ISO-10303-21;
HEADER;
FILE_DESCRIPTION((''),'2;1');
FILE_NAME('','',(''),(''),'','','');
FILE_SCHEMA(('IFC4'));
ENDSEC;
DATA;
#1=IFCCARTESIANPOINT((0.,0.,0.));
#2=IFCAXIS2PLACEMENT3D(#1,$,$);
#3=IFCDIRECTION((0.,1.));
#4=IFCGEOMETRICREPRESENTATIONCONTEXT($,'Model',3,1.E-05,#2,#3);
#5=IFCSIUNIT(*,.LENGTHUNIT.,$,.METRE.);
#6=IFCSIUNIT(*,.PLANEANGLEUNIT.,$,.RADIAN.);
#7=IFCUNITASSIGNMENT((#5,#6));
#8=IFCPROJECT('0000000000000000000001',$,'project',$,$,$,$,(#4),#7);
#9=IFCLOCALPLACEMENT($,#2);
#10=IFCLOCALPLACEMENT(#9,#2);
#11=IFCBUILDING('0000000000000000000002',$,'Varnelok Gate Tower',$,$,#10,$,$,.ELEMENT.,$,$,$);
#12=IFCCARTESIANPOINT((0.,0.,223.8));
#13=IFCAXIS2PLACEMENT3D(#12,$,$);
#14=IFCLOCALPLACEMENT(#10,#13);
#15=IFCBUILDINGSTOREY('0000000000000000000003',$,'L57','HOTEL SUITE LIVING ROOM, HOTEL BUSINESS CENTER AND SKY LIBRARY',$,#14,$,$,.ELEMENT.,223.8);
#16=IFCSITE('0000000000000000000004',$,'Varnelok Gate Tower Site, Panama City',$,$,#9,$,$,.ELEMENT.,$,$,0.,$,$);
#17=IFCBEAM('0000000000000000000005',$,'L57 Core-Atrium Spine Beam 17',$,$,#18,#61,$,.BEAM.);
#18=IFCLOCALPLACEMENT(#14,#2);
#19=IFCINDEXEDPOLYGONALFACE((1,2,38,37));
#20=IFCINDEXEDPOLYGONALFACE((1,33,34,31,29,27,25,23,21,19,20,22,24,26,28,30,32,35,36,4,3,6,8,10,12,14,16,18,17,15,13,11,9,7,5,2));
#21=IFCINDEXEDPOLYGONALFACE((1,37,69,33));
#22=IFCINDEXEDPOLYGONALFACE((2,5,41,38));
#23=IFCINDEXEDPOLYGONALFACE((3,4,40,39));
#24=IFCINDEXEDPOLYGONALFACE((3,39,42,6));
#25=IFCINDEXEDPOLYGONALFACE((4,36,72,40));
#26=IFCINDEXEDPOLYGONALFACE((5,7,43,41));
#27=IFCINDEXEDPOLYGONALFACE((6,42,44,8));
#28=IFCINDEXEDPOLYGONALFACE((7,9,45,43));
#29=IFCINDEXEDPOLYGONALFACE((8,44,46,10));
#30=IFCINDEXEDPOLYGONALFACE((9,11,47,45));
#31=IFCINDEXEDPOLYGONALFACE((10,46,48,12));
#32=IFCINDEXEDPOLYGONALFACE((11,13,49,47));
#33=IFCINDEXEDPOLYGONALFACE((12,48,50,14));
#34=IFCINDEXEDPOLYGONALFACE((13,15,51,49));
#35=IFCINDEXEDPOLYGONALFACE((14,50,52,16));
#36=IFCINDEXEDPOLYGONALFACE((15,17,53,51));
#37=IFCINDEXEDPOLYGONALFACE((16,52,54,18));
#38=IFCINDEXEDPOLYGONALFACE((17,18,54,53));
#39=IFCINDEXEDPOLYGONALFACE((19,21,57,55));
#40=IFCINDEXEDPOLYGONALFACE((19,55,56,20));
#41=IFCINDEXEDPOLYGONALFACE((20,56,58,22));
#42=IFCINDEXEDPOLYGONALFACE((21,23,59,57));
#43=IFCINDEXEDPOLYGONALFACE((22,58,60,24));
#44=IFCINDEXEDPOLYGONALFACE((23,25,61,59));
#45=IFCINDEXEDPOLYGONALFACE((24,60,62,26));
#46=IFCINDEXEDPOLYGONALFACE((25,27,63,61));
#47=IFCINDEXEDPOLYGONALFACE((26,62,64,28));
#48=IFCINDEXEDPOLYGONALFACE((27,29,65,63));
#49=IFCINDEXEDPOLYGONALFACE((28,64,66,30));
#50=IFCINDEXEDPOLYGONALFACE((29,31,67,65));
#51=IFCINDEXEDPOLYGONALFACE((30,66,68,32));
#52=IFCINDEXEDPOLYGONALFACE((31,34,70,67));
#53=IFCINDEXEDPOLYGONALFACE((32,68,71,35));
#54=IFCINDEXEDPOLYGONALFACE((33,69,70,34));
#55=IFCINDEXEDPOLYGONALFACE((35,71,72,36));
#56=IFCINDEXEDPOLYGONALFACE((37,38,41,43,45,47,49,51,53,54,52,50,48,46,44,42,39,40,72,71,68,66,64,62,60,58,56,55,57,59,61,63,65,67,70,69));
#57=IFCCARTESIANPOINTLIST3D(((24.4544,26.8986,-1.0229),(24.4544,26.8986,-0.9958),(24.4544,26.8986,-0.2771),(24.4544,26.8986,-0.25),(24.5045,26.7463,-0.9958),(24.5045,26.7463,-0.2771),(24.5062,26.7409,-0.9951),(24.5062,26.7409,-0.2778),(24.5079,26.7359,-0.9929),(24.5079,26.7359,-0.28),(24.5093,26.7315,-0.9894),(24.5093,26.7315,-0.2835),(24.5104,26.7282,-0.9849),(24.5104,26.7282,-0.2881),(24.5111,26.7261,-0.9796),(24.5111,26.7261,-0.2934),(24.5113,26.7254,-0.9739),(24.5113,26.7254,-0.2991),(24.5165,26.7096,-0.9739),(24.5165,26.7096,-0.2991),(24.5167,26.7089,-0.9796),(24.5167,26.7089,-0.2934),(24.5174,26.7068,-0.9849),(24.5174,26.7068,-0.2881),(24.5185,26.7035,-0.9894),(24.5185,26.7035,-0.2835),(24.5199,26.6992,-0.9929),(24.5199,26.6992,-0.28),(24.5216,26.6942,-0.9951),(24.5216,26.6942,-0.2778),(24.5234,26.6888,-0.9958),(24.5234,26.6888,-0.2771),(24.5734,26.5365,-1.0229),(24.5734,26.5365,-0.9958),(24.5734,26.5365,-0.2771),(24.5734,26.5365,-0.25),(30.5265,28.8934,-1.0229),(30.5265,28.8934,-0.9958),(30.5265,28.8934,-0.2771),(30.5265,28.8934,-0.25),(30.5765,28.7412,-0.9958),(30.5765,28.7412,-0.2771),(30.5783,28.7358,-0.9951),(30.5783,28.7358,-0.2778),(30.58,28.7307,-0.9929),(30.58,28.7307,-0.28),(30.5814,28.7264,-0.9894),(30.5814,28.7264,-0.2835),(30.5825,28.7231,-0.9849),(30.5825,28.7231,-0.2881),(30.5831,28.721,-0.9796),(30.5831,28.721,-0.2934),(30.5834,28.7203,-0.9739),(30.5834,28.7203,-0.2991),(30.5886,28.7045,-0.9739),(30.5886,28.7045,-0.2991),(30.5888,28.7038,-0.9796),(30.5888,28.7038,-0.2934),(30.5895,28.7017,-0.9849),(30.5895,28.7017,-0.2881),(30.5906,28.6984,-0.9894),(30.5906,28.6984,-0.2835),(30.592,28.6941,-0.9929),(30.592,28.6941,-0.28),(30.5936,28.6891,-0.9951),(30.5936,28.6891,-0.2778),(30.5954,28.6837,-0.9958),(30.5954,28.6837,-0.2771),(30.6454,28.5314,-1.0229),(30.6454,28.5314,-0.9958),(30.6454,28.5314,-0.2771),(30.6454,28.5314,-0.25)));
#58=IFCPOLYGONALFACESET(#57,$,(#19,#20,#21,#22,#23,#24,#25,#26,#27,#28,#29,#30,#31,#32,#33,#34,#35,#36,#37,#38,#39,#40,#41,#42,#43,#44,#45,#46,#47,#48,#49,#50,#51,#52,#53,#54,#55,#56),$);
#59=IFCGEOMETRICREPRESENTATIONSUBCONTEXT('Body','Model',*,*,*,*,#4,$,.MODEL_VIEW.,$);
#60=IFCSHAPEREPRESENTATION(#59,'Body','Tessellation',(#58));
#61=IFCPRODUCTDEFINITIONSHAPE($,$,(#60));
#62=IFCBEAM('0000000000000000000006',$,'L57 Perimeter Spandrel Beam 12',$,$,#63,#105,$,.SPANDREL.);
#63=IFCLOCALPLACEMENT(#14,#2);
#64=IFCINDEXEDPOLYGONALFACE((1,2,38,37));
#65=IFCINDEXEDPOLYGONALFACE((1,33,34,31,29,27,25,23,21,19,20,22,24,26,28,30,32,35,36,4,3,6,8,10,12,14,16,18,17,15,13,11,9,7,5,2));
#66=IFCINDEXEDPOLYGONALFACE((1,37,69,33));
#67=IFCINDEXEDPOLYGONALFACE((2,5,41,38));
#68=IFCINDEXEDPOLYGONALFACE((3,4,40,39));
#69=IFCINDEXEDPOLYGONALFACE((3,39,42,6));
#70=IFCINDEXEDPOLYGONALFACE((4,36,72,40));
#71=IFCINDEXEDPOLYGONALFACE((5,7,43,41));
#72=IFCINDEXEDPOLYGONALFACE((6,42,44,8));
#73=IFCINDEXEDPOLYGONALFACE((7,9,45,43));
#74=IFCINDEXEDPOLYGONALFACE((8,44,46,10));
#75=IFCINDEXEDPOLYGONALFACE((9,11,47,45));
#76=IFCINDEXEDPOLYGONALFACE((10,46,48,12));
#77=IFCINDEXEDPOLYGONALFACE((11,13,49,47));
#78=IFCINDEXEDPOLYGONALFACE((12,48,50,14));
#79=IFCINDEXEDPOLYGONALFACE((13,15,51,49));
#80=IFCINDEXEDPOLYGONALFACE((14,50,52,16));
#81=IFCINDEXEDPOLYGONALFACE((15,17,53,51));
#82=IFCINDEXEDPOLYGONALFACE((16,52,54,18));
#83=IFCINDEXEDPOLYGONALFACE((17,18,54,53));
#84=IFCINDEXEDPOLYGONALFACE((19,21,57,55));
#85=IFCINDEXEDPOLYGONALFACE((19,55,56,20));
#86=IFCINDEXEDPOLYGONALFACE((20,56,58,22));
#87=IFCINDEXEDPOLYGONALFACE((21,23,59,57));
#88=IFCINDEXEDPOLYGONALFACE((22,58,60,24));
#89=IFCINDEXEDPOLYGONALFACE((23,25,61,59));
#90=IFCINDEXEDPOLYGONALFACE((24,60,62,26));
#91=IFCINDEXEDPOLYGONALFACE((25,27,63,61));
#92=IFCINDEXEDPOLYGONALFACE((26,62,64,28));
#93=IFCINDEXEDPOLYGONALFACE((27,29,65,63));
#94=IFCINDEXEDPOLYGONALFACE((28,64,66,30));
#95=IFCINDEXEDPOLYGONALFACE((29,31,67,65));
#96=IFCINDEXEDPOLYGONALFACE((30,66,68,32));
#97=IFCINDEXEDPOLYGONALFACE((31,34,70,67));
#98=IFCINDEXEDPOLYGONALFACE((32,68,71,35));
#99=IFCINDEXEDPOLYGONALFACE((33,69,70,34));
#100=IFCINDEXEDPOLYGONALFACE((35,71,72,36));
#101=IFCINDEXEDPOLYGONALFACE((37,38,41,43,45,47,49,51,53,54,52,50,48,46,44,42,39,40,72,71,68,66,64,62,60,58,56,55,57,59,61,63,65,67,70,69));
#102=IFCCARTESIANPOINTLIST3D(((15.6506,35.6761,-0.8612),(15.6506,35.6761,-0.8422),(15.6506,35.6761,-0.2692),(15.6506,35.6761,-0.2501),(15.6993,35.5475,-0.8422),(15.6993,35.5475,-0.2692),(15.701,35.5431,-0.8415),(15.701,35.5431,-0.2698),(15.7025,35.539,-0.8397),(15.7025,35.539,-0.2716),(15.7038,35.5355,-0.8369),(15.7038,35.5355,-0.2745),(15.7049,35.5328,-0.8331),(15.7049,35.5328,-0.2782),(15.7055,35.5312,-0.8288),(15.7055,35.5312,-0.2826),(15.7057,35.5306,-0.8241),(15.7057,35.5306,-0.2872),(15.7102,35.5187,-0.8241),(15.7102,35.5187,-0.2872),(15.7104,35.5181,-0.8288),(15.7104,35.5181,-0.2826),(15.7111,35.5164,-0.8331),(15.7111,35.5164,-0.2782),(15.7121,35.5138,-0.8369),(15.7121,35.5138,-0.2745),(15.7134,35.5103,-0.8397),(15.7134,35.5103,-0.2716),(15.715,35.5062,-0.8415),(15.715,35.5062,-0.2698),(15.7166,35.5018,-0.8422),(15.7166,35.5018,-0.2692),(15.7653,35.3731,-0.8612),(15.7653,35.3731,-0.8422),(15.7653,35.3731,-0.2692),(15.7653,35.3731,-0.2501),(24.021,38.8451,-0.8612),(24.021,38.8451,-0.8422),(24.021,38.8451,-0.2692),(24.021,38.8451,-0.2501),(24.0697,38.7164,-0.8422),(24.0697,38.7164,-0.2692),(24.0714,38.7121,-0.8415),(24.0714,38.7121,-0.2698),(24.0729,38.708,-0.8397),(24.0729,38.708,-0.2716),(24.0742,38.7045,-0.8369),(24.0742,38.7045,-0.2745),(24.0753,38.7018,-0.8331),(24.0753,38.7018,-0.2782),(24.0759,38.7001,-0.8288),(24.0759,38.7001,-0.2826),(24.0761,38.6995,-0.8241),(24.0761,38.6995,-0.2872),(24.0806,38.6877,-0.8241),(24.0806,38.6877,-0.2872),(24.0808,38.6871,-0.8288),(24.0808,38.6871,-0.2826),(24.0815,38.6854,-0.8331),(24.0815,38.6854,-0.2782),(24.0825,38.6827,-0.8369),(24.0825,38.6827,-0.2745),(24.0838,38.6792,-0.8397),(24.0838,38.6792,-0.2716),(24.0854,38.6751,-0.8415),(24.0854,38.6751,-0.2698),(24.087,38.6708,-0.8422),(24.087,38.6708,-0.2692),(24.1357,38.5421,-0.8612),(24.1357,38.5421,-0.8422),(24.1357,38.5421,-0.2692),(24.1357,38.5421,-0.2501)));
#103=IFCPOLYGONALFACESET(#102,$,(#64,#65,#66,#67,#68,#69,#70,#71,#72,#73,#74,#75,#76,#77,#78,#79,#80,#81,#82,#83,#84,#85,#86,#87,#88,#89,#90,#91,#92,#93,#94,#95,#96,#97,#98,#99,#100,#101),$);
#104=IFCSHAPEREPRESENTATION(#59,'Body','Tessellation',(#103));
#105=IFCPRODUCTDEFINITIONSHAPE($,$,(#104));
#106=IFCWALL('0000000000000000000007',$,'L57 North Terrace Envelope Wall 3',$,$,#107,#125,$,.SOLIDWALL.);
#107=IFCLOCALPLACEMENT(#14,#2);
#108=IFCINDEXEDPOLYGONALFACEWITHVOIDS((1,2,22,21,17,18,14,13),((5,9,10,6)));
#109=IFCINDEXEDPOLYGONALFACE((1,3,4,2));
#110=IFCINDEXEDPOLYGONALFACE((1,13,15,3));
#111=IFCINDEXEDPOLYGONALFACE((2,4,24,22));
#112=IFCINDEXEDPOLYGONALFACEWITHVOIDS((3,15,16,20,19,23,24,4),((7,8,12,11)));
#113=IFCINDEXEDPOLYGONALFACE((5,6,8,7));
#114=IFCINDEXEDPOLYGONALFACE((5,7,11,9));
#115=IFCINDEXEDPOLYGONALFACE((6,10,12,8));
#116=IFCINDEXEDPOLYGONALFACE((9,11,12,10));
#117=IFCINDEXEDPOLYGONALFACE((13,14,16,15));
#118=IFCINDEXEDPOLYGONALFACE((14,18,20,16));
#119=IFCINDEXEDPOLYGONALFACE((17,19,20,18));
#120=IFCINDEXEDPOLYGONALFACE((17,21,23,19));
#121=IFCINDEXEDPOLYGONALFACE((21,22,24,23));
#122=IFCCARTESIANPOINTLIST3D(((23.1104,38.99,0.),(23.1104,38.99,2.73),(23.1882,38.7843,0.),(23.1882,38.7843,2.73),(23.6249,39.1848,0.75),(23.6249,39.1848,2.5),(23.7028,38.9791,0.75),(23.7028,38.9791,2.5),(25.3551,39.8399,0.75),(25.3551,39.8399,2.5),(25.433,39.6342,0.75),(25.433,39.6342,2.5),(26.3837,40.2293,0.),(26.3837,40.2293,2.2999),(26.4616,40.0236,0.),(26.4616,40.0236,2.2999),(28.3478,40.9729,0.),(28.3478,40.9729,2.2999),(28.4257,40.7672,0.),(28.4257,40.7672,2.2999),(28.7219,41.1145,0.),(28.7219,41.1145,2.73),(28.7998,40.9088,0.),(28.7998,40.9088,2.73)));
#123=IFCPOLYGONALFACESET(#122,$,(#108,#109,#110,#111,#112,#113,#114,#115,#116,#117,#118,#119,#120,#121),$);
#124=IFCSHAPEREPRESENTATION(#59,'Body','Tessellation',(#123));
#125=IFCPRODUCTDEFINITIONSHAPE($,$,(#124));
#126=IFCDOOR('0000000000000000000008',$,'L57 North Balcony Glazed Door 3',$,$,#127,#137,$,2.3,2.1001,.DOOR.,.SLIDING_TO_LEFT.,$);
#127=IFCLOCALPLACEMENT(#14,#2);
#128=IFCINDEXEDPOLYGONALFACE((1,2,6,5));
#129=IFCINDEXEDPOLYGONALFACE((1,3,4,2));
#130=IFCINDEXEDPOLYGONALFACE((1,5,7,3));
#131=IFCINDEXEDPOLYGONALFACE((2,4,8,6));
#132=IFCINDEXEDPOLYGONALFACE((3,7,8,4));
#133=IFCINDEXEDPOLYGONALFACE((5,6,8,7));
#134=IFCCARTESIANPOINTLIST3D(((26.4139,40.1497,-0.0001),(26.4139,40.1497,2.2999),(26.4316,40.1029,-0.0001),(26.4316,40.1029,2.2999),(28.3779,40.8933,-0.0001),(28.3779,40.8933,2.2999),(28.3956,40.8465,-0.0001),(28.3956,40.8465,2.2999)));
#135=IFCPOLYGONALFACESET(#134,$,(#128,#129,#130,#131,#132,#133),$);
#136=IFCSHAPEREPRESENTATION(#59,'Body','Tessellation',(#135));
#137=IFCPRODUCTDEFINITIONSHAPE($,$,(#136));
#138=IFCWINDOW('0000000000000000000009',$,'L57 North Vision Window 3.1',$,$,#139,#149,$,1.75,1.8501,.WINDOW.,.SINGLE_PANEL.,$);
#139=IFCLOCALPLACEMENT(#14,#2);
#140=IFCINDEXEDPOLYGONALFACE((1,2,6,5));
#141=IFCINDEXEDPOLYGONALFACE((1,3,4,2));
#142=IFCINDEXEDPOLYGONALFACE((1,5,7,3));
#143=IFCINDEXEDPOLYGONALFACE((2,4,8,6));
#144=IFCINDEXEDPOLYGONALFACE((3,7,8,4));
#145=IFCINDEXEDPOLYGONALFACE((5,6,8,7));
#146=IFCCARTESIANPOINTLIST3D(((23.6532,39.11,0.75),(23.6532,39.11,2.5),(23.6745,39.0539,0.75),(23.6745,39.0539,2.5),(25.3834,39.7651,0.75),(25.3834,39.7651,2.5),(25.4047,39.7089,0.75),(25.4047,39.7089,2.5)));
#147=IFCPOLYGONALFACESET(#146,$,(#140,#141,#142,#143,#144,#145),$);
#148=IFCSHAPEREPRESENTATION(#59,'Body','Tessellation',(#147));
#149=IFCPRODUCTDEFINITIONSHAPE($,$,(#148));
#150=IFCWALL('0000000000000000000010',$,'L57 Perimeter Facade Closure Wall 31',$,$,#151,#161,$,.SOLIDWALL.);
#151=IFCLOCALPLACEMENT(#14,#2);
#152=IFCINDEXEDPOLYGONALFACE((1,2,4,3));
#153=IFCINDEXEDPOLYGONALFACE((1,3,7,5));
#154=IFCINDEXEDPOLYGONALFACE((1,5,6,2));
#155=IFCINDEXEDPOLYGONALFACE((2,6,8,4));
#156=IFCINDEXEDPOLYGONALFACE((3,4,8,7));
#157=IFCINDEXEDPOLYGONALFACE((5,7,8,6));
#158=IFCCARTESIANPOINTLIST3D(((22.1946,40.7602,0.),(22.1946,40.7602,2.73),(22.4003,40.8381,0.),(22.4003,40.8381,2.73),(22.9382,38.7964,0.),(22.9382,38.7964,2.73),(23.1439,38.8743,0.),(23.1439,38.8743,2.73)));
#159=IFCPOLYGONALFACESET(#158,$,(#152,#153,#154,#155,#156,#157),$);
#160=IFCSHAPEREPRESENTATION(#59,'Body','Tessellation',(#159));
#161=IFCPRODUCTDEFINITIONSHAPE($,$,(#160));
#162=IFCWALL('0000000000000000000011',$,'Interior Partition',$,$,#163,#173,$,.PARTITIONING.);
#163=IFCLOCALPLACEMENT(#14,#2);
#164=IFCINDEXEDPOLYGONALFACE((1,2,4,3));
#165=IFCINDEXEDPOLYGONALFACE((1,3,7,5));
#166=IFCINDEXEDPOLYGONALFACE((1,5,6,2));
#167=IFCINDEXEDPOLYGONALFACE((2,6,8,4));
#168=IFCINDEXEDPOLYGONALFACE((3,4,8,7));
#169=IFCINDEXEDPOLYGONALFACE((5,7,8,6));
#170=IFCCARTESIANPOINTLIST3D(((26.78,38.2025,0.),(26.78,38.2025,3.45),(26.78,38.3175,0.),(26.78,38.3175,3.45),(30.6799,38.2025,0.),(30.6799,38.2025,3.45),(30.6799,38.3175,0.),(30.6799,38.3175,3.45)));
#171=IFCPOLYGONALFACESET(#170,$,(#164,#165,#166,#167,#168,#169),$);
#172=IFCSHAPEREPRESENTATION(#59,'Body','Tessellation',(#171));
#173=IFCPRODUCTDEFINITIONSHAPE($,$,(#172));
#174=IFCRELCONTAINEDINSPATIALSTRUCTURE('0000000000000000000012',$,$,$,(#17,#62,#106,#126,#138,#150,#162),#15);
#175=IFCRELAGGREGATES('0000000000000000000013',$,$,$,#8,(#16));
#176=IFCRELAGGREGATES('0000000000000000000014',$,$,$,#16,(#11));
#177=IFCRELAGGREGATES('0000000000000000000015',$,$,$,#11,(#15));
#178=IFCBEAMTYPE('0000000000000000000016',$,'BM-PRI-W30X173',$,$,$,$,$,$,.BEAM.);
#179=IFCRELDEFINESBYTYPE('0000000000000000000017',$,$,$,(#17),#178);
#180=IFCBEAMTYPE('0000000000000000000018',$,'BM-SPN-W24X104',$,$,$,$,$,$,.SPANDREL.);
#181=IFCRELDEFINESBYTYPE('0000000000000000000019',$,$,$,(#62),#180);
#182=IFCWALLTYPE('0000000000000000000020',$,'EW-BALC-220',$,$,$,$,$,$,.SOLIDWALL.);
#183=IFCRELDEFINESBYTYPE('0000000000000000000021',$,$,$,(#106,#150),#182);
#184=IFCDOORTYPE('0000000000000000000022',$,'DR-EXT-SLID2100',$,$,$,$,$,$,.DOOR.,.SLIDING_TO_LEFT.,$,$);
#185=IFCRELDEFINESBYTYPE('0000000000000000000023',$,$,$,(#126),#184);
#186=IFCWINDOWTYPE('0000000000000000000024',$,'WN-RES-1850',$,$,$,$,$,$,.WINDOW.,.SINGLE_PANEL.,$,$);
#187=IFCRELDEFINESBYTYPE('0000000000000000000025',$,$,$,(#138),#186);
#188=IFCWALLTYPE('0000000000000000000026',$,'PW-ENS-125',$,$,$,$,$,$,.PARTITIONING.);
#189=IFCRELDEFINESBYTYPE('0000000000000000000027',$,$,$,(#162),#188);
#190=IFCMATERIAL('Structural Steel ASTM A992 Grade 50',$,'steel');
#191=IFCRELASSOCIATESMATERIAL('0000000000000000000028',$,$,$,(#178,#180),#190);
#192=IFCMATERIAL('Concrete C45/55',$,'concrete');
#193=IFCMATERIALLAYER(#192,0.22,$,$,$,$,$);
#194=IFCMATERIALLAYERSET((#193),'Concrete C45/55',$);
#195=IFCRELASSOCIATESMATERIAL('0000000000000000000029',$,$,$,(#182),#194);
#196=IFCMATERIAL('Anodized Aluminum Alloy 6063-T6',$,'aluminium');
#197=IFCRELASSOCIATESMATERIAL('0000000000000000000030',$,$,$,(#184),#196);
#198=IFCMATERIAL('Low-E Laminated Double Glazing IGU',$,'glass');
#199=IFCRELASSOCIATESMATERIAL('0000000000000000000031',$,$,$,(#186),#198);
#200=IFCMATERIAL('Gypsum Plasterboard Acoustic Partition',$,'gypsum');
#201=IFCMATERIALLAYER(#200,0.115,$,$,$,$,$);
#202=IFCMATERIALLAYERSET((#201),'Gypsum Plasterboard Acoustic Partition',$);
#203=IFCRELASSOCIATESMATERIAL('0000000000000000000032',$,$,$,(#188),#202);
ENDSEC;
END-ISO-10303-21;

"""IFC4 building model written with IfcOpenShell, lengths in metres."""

from ifc_helpers import new_model, si_unit, direction, frame, frame_2d, origin, origin_2d, place, context, subcontext, project, spatial, rectangle, i_section, extrude, material, layer, layer_set, material_profile, profile_set, type_object, element, fill, save


model = new_model("IFC4")

# Units and contexts
model_context = context("Model", 3, precision=1e-05, world=origin(), true_north=direction((0.0, 1.0)))
body_context = subcontext(model_context, "Body", "Model", "MODEL_VIEW")
ifc_project = project(units=[si_unit("LENGTHUNIT", "METRE"), si_unit("PLANEANGLEUNIT", "RADIAN")], contexts=[model_context])

# Site, building, storey
site_placement = place(None, origin())
site = spatial("IfcSite", under=ifc_project, at=site_placement, Name="Varnelok Gate Tower Site, Panama City", CompositionType="ELEMENT", RefElevation=0.0)
building_placement = place(site_placement, origin())
building = spatial("IfcBuilding", under=site, at=building_placement, Name="Varnelok Gate Tower", CompositionType="ELEMENT")
storey_placement = place(building_placement, frame((0.0, 0.0, 223.8)))
storey = spatial("IfcBuildingStorey", under=building, at=storey_placement, Name="L57", Description="HOTEL SUITE LIVING ROOM, HOTEL BUSINESS CENTER AND SKY LIBRARY", CompositionType="ELEMENT", Elevation=223.8)

# Shared definitions
ifc_material_1 = material(Name="Structural Steel ASTM A992 Grade 50", Category="steel")

# Beams
ifc_material_profile_1 = material_profile(ifc_material_1, i_section(OverallWidth=0.3811, OverallDepth=0.7729, WebThickness=0.0166, FlangeThickness=0.0271, FilletRadius=0.022, at=origin_2d()), Name="W30X173")
ifc_profile_set_1 = profile_set([ifc_material_profile_1], Name="Structural Steel ASTM A992 Grade 50")
beam_type_1 = type_object("IfcBeamType", Name="BM-PRI-W30X173", PredefinedType="BEAM", material=ifc_profile_set_1)
beam_1_placement = place(storey_placement, frame((24.5139, 26.7175, -0.6365), z_axis=(0.950042, 0.312122, 0.0), x_axis=(-0.312122, 0.950042, 0.0)))
element("IfcBeam", 1, at=beam_1_placement, inside=storey, type_object=beam_type_1, Name="L57 Core-Atrium Spine Beam 17", PredefinedType="BEAM", context=body_context, shape_type="SweptSolid", body=[
    extrude(i_section(OverallWidth=0.3811, OverallDepth=0.7729, WebThickness=0.0166, FlangeThickness=0.0271, FilletRadius=0.022, at=origin_2d()), origin(), (0.0, 0.0, 1.0), 6.3914),
])
ifc_material_profile_2 = material_profile(ifc_material_1, i_section(OverallWidth=0.324, OverallDepth=0.6111, WebThickness=0.0127, FlangeThickness=0.019, FilletRadius=0.0181, at=origin_2d()), Name="W24X104")
ifc_profile_set_2 = profile_set([ifc_material_profile_2], Name="Structural Steel ASTM A992 Grade 50")
beam_type_2 = type_object("IfcBeamType", Name="BM-SPN-W24X104", PredefinedType="SPANDREL", material=ifc_profile_set_2)
beam_2_placement = place(storey_placement, frame((24.0784, 38.6936, -0.5557), z_axis=(-0.93522, -0.354066, 0.0), x_axis=(0.354066, -0.93522, 0.0)))
element("IfcBeam", 2, at=beam_2_placement, inside=storey, type_object=beam_type_2, Name="L57 Perimeter Spandrel Beam 12", PredefinedType="SPANDREL", context=body_context, shape_type="SweptSolid", body=[
    extrude(i_section(OverallWidth=0.324, OverallDepth=0.6111, WebThickness=0.0127, FlangeThickness=0.019, FilletRadius=0.0181, at=origin_2d()), origin(), (0.0, 0.0, 1.0), 8.9502),
])

# Wall, openings, door, window
ifc_material_2 = material(Name="Concrete C45/55", Category="concrete")
ifc_layer_1 = layer(ifc_material_2, 0.22)
ifc_layer_set_1 = layer_set([ifc_layer_1], Name="Concrete C45/55")
wall_type_1 = type_object("IfcWallType", Name="EW-BALC-220", PredefinedType="SOLIDWALL", material=ifc_layer_set_1)
wall_1_placement = place(storey_placement, frame((23.1494, 38.8872, 0.0), z_axis=(0.0, 0.0, 1.0), x_axis=(0.935219, 0.354069, 0.0)))
wall_1 = element("IfcWall", 3, at=wall_1_placement, inside=storey, type_object=wall_type_1, Name="L57 North Terrace Envelope Wall 3", PredefinedType="SOLIDWALL", context=body_context, shape_type="SweptSolid", body=[
    extrude(rectangle(XDim=6.0002, YDim=0.22, at=frame_2d((3.0, 0.0))), origin(), (0.0, 0.0, 1.0), 2.73),
])
opening_1_placement = place(wall_1_placement, frame((3.5, 0.0, 0.0)))
opening_1 = element("IfcOpeningElement", 4, at=opening_1_placement, cuts=wall_1, PredefinedType="OPENING", context=body_context, shape_type="SweptSolid", body=[
    extrude(rectangle(XDim=2.1001, YDim=2.3, at=frame_2d((1.05, 1.1499))), frame((0.0, 0.1199, 0.0), z_axis=(0.0, -1.0, 0.0), x_axis=(1.0, 0.0, 0.0)), (0.0, 0.0, 1.0), 0.24),
])
opening_2_placement = place(wall_1_placement, frame((0.55, 0.0, 0.75)))
opening_2 = element("IfcOpeningElement", 5, at=opening_2_placement, cuts=wall_1, PredefinedType="OPENING", context=body_context, shape_type="SweptSolid", body=[
    extrude(rectangle(XDim=1.8501, YDim=1.75, at=frame_2d((0.925, 0.875))), frame((0.0, 0.1199, 0.0), z_axis=(0.0, -1.0, 0.0), x_axis=(1.0, 0.0, 0.0)), (0.0, 0.0, 1.0), 0.24),
])
ifc_material_3 = material(Name="Anodized Aluminum Alloy 6063-T6", Category="aluminium")
door_type_1 = type_object("IfcDoorType", Name="DR-EXT-SLID2100", OperationType="SLIDING_TO_LEFT", PredefinedType="DOOR", material=ifc_material_3)
door_1_placement = place(opening_1_placement, origin())
door_1 = element("IfcDoor", 6, at=door_1_placement, inside=storey, type_object=door_type_1, Name="L57 North Balcony Glazed Door 3", OperationType="SLIDING_TO_LEFT", OverallHeight=2.3, OverallWidth=2.1001, PredefinedType="DOOR", context=body_context, shape_type="SweptSolid", body=[
    extrude(rectangle(XDim=2.1001, YDim=2.3, at=frame_2d((1.05, 1.1499))), frame((0.0, 0.0249, 0.0), z_axis=(0.0, -1.0, 0.0), x_axis=(1.0, 0.0, 0.0)), (0.0, 0.0, 1.0), 0.05),
])
fill(opening_1, door_1)
ifc_material_4 = material(Name="Low-E Laminated Double Glazing IGU", Category="glass")
window_type = type_object("IfcWindowType", Name="WN-RES-1850", PartitioningType="SINGLE_PANEL", PredefinedType="WINDOW", material=ifc_material_4)
window_placement = place(opening_2_placement, origin())
window = element("IfcWindow", 7, at=window_placement, inside=storey, type_object=window_type, Name="L57 North Vision Window 3.1", OverallHeight=1.75, OverallWidth=1.8501, PartitioningType="SINGLE_PANEL", PredefinedType="WINDOW", context=body_context, shape_type="SweptSolid", body=[
    extrude(rectangle(XDim=1.8501, YDim=1.75, at=frame_2d((0.925, 0.875))), frame((0.0, 0.03, 0.0), z_axis=(0.0, -1.0, 0.0), x_axis=(1.0, 0.0, 0.0)), (0.0, 0.0, 1.0), 0.0601),
])
fill(opening_2, window)

# Walls
wall_2_placement = place(storey_placement, frame((23.041, 38.8354, 0.0), z_axis=(0.0, 0.0, 1.0), x_axis=(-0.354128, 0.935197, 0.0)))
element("IfcWall", 8, at=wall_2_placement, inside=storey, type_object=wall_type_1, Name="L57 Perimeter Facade Closure Wall 31", PredefinedType="SOLIDWALL", context=body_context, shape_type="SweptSolid", body=[
    extrude(rectangle(XDim=2.0999, YDim=0.22, at=frame_2d((1.0498, 0.0))), origin(), (0.0, 0.0, 1.0), 2.73),
])
ifc_material_5 = material(Name="Gypsum Plasterboard Acoustic Partition", Category="gypsum")
ifc_layer_2 = layer(ifc_material_5, 0.115)
ifc_layer_set_2 = layer_set([ifc_layer_2], Name="Gypsum Plasterboard Acoustic Partition")
wall_type_2 = type_object("IfcWallType", Name="PW-ENS-125", PredefinedType="PARTITIONING", material=ifc_layer_set_2)
wall_3_placement = place(storey_placement, frame((26.78, 38.26, 0.0), z_axis=(0.0, 0.0, 1.0), x_axis=(1.0, 0.0, 0.0)))
element("IfcWall", 9, at=wall_3_placement, inside=storey, type_object=wall_type_2, Name="Interior Partition", PredefinedType="PARTITIONING", context=body_context, shape_type="SweptSolid", body=[
    extrude(rectangle(XDim=3.8999, YDim=0.115, at=frame_2d((1.95, 0.0))), origin(), (0.0, 0.0, 1.0), 3.45),
])

save(model, "model.ifc")
